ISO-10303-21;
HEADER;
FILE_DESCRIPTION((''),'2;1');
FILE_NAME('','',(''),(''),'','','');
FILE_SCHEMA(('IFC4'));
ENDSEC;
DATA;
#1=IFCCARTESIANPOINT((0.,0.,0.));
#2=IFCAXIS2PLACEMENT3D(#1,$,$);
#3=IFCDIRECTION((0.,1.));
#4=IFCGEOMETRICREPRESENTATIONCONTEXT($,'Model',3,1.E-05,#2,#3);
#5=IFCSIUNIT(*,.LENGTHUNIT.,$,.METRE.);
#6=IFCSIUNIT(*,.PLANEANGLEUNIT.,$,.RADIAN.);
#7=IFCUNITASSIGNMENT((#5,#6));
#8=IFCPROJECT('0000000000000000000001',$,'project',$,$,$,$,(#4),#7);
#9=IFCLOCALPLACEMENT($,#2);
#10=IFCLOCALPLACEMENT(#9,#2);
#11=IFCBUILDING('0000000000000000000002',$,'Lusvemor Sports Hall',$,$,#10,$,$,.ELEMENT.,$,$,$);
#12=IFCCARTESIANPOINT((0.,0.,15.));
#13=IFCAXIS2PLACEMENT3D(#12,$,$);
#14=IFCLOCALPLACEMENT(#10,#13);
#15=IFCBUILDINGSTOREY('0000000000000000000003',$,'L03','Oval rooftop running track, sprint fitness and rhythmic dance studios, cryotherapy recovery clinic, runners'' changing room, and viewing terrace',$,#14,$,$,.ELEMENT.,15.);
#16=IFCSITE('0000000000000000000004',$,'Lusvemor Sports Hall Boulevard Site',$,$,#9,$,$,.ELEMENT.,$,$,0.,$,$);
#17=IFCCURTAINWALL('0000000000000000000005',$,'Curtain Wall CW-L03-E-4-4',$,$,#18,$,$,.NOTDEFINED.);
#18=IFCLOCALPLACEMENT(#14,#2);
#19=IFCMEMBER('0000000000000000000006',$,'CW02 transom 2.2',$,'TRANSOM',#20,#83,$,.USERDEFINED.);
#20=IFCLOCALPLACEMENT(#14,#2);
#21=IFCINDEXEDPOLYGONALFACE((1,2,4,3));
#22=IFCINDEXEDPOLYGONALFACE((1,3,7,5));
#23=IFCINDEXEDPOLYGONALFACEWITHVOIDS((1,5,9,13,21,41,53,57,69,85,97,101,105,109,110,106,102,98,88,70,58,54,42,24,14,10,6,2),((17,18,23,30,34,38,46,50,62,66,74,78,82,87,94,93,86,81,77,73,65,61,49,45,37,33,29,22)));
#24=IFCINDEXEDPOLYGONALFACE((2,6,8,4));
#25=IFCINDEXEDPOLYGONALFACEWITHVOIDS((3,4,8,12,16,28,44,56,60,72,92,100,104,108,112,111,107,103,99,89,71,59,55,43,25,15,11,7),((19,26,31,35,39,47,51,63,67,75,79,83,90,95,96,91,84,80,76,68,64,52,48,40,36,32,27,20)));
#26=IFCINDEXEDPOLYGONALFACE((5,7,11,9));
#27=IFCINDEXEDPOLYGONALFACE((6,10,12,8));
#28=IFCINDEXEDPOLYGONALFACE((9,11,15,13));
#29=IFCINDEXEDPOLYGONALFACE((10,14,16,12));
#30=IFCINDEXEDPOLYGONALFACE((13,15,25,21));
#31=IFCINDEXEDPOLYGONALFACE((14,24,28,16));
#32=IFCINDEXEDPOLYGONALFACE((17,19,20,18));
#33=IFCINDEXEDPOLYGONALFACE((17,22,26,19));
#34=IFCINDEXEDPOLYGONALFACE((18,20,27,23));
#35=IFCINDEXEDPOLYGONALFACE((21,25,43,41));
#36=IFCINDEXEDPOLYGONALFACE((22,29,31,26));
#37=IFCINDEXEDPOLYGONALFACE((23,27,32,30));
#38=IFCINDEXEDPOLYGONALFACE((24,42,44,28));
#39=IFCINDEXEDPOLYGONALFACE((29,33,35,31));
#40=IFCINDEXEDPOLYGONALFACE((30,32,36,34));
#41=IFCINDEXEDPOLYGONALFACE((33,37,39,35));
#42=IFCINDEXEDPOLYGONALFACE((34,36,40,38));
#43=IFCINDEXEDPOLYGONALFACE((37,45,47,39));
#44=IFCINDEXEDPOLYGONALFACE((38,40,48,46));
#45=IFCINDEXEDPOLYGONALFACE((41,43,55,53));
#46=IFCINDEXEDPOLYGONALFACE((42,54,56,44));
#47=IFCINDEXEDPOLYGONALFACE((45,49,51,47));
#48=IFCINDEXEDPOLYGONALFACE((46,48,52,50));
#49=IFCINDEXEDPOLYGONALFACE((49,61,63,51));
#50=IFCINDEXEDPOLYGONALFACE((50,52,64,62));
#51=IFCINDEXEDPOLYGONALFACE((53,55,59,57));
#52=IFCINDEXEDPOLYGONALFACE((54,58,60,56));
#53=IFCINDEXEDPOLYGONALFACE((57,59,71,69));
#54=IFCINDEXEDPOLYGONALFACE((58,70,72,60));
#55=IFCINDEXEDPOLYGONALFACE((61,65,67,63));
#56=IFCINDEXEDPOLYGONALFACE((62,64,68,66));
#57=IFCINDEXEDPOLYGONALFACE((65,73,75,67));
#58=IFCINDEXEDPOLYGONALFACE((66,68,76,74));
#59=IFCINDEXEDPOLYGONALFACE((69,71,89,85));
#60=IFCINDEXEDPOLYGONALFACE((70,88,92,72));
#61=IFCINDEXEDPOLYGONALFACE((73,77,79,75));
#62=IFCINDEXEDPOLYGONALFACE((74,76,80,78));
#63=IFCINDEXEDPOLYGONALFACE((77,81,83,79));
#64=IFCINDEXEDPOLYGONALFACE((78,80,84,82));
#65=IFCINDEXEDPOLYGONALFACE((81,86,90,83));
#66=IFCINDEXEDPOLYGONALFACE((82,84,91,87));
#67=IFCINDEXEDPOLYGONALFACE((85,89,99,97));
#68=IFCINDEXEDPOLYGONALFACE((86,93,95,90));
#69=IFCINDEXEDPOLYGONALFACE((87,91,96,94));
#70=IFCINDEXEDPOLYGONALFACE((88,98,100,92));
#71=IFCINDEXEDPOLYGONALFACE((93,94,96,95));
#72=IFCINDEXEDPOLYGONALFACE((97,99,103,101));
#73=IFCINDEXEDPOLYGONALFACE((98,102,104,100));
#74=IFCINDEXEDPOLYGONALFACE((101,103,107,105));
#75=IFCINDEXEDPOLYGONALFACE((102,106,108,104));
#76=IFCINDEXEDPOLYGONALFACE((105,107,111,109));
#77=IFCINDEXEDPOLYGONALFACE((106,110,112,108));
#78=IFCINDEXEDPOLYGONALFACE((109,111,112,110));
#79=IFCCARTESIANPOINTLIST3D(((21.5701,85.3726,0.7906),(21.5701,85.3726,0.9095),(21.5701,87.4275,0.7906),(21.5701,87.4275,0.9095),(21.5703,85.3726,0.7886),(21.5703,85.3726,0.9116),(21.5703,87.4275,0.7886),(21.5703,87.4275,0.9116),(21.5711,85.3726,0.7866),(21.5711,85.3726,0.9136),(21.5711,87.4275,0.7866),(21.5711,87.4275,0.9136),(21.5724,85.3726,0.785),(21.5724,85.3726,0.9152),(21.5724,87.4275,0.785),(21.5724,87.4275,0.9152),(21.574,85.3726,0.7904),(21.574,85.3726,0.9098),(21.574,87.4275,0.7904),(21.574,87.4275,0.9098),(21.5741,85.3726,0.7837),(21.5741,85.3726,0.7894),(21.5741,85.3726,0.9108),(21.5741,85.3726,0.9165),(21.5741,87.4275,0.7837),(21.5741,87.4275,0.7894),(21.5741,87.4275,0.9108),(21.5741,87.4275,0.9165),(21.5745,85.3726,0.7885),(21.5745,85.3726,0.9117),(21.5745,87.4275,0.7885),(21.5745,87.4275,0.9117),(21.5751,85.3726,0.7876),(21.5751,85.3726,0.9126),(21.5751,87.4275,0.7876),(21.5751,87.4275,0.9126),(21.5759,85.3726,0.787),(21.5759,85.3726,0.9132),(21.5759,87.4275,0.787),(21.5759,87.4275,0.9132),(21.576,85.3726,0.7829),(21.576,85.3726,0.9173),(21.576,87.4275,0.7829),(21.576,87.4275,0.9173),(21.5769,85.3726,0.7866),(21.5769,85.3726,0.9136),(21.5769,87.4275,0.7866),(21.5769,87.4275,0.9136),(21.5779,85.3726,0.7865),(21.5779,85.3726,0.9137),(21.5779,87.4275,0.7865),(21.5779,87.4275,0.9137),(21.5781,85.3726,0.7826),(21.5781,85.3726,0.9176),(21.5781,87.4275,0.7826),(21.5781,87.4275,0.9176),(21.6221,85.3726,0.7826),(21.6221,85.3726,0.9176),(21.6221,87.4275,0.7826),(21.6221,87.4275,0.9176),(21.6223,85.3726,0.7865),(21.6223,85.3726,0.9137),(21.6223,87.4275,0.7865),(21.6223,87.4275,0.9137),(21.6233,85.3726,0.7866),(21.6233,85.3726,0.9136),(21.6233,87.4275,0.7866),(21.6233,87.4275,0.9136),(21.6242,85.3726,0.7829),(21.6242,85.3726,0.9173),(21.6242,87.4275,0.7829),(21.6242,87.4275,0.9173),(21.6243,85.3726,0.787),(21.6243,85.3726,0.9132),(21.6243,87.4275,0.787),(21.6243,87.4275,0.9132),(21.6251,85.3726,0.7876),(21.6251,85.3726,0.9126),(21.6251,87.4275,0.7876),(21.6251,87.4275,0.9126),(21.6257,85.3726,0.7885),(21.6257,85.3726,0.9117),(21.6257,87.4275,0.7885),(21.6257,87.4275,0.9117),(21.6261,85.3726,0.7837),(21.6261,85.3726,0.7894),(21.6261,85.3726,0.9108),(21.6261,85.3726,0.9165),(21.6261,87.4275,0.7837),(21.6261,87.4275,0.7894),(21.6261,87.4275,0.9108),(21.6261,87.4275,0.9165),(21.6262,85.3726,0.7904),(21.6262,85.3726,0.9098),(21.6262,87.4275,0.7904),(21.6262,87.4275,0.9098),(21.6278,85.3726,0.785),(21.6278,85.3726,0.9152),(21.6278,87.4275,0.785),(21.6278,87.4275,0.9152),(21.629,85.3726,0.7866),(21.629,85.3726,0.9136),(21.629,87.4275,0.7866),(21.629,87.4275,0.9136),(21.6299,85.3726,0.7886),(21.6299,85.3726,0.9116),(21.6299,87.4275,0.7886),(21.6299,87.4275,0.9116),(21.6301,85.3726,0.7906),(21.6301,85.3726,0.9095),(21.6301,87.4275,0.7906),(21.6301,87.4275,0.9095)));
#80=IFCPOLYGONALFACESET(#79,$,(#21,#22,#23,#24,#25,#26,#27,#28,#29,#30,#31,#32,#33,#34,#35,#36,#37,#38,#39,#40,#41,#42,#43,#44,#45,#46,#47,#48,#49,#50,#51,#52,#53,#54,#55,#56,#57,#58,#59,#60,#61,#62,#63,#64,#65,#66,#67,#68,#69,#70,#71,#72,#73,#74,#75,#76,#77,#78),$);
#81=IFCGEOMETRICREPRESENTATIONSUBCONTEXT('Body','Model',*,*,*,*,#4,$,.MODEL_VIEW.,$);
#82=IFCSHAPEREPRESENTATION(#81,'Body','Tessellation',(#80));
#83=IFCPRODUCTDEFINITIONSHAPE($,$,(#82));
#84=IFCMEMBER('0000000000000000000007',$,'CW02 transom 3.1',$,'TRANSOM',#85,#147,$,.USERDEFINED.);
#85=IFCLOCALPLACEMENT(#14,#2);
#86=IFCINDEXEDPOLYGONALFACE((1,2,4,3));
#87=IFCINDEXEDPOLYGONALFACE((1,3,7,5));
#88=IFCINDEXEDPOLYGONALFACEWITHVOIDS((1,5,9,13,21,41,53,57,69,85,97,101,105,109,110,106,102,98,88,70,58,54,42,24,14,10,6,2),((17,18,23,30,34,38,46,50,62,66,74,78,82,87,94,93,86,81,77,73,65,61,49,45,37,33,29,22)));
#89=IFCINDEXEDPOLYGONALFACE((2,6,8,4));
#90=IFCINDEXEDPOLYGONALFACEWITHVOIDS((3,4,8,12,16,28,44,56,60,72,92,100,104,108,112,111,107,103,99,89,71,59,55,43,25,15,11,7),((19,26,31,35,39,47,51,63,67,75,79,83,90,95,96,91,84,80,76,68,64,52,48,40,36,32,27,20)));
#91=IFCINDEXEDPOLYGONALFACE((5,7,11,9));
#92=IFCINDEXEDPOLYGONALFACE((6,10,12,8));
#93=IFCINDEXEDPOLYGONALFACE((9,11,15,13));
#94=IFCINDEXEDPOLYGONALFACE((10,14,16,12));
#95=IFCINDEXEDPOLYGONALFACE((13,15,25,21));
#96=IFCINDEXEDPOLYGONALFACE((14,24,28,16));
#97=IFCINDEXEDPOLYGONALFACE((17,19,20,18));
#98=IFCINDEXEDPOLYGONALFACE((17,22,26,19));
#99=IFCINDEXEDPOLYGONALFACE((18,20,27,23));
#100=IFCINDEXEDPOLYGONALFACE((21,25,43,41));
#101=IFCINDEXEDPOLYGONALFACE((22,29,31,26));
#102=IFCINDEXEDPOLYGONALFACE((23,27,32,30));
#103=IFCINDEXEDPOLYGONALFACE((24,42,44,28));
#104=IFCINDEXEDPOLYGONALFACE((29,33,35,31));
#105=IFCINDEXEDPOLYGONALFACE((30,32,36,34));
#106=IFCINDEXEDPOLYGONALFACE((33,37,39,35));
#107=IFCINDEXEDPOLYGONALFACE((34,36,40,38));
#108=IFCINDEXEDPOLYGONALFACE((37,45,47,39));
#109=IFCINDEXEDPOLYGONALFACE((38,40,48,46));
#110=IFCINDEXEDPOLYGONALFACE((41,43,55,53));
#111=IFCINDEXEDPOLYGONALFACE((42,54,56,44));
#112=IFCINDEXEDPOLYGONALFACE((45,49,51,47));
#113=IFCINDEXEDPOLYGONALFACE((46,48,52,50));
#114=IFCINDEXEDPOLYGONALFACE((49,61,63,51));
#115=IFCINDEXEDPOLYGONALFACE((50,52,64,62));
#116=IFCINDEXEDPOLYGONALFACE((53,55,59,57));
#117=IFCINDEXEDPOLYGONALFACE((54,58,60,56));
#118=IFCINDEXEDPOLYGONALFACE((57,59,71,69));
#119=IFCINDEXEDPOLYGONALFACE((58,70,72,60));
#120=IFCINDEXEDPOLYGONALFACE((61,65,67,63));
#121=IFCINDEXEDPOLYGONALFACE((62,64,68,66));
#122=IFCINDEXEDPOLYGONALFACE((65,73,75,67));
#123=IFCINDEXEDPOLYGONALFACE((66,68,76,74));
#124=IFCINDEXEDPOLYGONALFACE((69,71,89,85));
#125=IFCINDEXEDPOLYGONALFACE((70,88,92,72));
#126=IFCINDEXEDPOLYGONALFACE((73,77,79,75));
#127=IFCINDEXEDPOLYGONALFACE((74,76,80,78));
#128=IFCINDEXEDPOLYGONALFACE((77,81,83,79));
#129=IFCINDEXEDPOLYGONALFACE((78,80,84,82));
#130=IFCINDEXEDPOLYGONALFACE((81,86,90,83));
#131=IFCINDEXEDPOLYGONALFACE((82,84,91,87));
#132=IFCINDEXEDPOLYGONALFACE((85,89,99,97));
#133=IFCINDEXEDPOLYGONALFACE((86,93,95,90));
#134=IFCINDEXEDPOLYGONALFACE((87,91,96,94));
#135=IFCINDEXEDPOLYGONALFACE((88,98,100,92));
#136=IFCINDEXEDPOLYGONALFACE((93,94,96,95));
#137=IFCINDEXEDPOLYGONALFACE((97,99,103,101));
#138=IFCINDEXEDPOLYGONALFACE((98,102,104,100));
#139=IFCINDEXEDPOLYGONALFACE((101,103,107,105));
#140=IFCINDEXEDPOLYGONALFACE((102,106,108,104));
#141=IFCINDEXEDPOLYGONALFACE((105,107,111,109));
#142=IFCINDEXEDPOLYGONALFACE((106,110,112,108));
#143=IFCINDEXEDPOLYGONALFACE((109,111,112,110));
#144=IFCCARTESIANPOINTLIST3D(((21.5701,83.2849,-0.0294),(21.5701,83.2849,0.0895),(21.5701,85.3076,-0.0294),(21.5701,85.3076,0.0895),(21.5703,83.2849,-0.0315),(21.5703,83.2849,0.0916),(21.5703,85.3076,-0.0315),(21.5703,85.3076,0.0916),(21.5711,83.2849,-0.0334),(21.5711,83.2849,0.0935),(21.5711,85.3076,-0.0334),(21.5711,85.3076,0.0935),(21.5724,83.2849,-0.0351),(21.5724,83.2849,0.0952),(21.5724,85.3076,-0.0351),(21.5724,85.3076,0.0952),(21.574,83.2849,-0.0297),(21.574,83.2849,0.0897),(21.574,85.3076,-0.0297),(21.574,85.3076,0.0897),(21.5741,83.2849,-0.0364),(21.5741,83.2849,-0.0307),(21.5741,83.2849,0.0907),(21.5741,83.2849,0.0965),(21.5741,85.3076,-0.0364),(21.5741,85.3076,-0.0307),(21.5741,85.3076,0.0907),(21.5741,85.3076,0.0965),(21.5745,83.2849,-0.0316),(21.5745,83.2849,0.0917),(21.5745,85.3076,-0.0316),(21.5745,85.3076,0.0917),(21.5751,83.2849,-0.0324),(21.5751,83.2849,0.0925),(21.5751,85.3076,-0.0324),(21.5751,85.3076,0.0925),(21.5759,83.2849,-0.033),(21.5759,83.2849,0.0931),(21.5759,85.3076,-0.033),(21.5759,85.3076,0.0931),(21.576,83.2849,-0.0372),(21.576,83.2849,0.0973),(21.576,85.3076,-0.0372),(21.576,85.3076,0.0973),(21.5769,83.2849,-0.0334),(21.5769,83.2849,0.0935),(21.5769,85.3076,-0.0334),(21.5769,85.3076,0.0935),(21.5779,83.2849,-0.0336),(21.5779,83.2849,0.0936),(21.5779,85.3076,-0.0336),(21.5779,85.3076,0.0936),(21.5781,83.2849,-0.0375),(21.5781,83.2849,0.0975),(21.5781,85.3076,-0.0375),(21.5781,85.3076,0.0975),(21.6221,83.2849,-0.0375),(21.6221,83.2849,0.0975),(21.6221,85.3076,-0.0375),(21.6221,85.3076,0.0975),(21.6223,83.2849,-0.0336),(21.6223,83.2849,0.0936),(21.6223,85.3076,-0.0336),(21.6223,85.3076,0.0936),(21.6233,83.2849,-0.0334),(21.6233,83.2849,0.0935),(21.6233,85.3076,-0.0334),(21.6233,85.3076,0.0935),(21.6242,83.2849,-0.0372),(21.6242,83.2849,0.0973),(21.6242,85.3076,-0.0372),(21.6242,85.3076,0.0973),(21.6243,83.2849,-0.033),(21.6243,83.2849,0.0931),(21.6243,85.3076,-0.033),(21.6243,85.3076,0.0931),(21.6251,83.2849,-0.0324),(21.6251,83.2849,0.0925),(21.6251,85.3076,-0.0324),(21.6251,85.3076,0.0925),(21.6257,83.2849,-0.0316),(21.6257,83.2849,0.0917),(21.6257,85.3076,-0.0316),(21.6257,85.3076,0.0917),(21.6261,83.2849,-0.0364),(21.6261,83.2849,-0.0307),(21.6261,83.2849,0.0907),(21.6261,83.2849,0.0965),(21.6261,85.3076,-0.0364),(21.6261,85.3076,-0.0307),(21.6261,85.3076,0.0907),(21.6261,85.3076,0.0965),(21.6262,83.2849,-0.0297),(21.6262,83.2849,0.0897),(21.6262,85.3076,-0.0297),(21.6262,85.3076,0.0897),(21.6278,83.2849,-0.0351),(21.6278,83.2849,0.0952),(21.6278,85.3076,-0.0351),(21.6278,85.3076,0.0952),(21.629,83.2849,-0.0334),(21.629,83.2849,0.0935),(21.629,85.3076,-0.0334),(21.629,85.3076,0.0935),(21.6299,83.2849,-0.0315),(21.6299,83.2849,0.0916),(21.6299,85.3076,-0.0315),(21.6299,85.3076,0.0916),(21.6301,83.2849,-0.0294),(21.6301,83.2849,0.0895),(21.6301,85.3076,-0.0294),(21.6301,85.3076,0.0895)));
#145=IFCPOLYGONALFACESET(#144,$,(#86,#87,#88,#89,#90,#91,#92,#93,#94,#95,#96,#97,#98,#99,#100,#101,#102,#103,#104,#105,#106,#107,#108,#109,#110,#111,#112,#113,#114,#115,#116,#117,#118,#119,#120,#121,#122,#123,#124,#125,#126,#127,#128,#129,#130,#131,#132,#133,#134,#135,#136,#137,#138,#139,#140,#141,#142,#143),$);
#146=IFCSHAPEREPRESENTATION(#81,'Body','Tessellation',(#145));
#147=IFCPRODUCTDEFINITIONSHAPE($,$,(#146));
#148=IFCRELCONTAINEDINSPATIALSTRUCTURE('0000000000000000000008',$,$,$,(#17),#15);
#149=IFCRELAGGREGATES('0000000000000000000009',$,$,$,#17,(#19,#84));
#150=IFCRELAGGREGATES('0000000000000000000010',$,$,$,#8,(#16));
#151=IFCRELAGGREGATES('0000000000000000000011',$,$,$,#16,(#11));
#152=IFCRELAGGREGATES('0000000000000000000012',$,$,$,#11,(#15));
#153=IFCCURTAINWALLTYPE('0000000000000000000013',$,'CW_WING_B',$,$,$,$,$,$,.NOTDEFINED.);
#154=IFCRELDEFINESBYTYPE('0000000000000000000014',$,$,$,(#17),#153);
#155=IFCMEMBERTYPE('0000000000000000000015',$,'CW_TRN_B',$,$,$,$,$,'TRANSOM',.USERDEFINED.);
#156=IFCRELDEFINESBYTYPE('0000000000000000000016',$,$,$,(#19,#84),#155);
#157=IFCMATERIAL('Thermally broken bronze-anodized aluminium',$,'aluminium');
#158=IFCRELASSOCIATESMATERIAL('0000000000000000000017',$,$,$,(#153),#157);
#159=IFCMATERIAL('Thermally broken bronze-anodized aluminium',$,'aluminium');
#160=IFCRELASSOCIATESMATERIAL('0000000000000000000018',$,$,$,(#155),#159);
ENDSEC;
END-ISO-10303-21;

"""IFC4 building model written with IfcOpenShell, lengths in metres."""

from ifc_helpers import new_model, si_unit, direction, frame, origin, origin_2d, place, context, subcontext, project, spatial, hollow_rectangle, extrude, material, material_profile, profile_set, type_object, element, aggregate, save


model = new_model("IFC4")

# Units and contexts
model_context = context("Model", 3, precision=1e-05, world=origin(), true_north=direction((0.0, 1.0)))
body_context = subcontext(model_context, "Body", "Model", "MODEL_VIEW")
ifc_project = project(units=[si_unit("LENGTHUNIT", "METRE"), si_unit("PLANEANGLEUNIT", "RADIAN")], contexts=[model_context])

# Site, building, storey
site_placement = place(None, origin())
site = spatial("IfcSite", under=ifc_project, at=site_placement, Name="Lusvemor Sports Hall Boulevard Site", CompositionType="ELEMENT", RefElevation=0.0)
building_placement = place(site_placement, origin())
building = spatial("IfcBuilding", under=site, at=building_placement, Name="Lusvemor Sports Hall", CompositionType="ELEMENT")
storey_placement = place(building_placement, frame((0.0, 0.0, 15.0)))
storey = spatial("IfcBuildingStorey", under=building, at=storey_placement, Name="L03", Description="Oval rooftop running track, sprint fitness and rhythmic dance studios, cryotherapy recovery clinic, runners' changing room, and viewing terrace", CompositionType="ELEMENT", Elevation=15.0)

# Shared definitions
ifc_material_1 = material(Name="Thermally broken bronze-anodized aluminium", Category="aluminium")
curtain_wall_type = type_object("IfcCurtainWallType", Name="CW_WING_B", PredefinedType="NOTDEFINED", material=ifc_material_1)

# Curtain wall
curtain_wall_1_placement = place(storey_placement, origin())
curtain_wall_1 = element("IfcCurtainWall", 1, at=curtain_wall_1_placement, inside=storey, type_object=curtain_wall_type, Name="Curtain Wall CW-L03-E-4-4", PredefinedType="NOTDEFINED")

# Members
ifc_material_2 = material(Name="Thermally broken bronze-anodized aluminium", Category="aluminium")
ifc_material_profile_1 = material_profile(ifc_material_2, hollow_rectangle(XDim=0.0601, YDim=0.135, WallThickness=0.0039, InnerFilletRadius=0.0039, OuterFilletRadius=0.0081, at=origin_2d()), Name="CWTRN135x60x4")
ifc_profile_set_1 = profile_set([ifc_material_profile_1], Name="Thermally broken bronze-anodized aluminium")
member_type_1 = type_object("IfcMemberType", Name="CW_TRN_B", ElementType="TRANSOM", PredefinedType="USERDEFINED", material=ifc_profile_set_1)
member_1_placement = place(storey_placement, frame((21.6001, 87.4275, 0.8501), z_axis=(0.0, -1.0, 0.0), x_axis=(1.0, 0.0, 0.0)))
member_1 = element("IfcMember", 2, at=member_1_placement, type_object=member_type_1, Name="CW02 transom 2.2", ObjectType="TRANSOM", PredefinedType="USERDEFINED", context=body_context, shape_type="SweptSolid", body=[
    extrude(hollow_rectangle(XDim=0.0601, YDim=0.135, WallThickness=0.0039, InnerFilletRadius=0.0039, OuterFilletRadius=0.0081, at=origin_2d()), origin(), (0.0, 0.0, 1.0), 2.0549),
])
member_2_placement = place(storey_placement, frame((21.6001, 85.3076, 0.03), z_axis=(0.0, -1.0, 0.0), x_axis=(1.0, 0.0, 0.0)))
member_2 = element("IfcMember", 3, at=member_2_placement, type_object=member_type_1, Name="CW02 transom 3.1", ObjectType="TRANSOM", PredefinedType="USERDEFINED", context=body_context, shape_type="SweptSolid", body=[
    extrude(hollow_rectangle(XDim=0.0601, YDim=0.135, WallThickness=0.0039, InnerFilletRadius=0.0039, OuterFilletRadius=0.0081, at=origin_2d()), origin(), (0.0, 0.0, 1.0), 2.0227),
])

aggregate(curtain_wall_1, [member_1, member_2])

save(model, "model.ifc")
